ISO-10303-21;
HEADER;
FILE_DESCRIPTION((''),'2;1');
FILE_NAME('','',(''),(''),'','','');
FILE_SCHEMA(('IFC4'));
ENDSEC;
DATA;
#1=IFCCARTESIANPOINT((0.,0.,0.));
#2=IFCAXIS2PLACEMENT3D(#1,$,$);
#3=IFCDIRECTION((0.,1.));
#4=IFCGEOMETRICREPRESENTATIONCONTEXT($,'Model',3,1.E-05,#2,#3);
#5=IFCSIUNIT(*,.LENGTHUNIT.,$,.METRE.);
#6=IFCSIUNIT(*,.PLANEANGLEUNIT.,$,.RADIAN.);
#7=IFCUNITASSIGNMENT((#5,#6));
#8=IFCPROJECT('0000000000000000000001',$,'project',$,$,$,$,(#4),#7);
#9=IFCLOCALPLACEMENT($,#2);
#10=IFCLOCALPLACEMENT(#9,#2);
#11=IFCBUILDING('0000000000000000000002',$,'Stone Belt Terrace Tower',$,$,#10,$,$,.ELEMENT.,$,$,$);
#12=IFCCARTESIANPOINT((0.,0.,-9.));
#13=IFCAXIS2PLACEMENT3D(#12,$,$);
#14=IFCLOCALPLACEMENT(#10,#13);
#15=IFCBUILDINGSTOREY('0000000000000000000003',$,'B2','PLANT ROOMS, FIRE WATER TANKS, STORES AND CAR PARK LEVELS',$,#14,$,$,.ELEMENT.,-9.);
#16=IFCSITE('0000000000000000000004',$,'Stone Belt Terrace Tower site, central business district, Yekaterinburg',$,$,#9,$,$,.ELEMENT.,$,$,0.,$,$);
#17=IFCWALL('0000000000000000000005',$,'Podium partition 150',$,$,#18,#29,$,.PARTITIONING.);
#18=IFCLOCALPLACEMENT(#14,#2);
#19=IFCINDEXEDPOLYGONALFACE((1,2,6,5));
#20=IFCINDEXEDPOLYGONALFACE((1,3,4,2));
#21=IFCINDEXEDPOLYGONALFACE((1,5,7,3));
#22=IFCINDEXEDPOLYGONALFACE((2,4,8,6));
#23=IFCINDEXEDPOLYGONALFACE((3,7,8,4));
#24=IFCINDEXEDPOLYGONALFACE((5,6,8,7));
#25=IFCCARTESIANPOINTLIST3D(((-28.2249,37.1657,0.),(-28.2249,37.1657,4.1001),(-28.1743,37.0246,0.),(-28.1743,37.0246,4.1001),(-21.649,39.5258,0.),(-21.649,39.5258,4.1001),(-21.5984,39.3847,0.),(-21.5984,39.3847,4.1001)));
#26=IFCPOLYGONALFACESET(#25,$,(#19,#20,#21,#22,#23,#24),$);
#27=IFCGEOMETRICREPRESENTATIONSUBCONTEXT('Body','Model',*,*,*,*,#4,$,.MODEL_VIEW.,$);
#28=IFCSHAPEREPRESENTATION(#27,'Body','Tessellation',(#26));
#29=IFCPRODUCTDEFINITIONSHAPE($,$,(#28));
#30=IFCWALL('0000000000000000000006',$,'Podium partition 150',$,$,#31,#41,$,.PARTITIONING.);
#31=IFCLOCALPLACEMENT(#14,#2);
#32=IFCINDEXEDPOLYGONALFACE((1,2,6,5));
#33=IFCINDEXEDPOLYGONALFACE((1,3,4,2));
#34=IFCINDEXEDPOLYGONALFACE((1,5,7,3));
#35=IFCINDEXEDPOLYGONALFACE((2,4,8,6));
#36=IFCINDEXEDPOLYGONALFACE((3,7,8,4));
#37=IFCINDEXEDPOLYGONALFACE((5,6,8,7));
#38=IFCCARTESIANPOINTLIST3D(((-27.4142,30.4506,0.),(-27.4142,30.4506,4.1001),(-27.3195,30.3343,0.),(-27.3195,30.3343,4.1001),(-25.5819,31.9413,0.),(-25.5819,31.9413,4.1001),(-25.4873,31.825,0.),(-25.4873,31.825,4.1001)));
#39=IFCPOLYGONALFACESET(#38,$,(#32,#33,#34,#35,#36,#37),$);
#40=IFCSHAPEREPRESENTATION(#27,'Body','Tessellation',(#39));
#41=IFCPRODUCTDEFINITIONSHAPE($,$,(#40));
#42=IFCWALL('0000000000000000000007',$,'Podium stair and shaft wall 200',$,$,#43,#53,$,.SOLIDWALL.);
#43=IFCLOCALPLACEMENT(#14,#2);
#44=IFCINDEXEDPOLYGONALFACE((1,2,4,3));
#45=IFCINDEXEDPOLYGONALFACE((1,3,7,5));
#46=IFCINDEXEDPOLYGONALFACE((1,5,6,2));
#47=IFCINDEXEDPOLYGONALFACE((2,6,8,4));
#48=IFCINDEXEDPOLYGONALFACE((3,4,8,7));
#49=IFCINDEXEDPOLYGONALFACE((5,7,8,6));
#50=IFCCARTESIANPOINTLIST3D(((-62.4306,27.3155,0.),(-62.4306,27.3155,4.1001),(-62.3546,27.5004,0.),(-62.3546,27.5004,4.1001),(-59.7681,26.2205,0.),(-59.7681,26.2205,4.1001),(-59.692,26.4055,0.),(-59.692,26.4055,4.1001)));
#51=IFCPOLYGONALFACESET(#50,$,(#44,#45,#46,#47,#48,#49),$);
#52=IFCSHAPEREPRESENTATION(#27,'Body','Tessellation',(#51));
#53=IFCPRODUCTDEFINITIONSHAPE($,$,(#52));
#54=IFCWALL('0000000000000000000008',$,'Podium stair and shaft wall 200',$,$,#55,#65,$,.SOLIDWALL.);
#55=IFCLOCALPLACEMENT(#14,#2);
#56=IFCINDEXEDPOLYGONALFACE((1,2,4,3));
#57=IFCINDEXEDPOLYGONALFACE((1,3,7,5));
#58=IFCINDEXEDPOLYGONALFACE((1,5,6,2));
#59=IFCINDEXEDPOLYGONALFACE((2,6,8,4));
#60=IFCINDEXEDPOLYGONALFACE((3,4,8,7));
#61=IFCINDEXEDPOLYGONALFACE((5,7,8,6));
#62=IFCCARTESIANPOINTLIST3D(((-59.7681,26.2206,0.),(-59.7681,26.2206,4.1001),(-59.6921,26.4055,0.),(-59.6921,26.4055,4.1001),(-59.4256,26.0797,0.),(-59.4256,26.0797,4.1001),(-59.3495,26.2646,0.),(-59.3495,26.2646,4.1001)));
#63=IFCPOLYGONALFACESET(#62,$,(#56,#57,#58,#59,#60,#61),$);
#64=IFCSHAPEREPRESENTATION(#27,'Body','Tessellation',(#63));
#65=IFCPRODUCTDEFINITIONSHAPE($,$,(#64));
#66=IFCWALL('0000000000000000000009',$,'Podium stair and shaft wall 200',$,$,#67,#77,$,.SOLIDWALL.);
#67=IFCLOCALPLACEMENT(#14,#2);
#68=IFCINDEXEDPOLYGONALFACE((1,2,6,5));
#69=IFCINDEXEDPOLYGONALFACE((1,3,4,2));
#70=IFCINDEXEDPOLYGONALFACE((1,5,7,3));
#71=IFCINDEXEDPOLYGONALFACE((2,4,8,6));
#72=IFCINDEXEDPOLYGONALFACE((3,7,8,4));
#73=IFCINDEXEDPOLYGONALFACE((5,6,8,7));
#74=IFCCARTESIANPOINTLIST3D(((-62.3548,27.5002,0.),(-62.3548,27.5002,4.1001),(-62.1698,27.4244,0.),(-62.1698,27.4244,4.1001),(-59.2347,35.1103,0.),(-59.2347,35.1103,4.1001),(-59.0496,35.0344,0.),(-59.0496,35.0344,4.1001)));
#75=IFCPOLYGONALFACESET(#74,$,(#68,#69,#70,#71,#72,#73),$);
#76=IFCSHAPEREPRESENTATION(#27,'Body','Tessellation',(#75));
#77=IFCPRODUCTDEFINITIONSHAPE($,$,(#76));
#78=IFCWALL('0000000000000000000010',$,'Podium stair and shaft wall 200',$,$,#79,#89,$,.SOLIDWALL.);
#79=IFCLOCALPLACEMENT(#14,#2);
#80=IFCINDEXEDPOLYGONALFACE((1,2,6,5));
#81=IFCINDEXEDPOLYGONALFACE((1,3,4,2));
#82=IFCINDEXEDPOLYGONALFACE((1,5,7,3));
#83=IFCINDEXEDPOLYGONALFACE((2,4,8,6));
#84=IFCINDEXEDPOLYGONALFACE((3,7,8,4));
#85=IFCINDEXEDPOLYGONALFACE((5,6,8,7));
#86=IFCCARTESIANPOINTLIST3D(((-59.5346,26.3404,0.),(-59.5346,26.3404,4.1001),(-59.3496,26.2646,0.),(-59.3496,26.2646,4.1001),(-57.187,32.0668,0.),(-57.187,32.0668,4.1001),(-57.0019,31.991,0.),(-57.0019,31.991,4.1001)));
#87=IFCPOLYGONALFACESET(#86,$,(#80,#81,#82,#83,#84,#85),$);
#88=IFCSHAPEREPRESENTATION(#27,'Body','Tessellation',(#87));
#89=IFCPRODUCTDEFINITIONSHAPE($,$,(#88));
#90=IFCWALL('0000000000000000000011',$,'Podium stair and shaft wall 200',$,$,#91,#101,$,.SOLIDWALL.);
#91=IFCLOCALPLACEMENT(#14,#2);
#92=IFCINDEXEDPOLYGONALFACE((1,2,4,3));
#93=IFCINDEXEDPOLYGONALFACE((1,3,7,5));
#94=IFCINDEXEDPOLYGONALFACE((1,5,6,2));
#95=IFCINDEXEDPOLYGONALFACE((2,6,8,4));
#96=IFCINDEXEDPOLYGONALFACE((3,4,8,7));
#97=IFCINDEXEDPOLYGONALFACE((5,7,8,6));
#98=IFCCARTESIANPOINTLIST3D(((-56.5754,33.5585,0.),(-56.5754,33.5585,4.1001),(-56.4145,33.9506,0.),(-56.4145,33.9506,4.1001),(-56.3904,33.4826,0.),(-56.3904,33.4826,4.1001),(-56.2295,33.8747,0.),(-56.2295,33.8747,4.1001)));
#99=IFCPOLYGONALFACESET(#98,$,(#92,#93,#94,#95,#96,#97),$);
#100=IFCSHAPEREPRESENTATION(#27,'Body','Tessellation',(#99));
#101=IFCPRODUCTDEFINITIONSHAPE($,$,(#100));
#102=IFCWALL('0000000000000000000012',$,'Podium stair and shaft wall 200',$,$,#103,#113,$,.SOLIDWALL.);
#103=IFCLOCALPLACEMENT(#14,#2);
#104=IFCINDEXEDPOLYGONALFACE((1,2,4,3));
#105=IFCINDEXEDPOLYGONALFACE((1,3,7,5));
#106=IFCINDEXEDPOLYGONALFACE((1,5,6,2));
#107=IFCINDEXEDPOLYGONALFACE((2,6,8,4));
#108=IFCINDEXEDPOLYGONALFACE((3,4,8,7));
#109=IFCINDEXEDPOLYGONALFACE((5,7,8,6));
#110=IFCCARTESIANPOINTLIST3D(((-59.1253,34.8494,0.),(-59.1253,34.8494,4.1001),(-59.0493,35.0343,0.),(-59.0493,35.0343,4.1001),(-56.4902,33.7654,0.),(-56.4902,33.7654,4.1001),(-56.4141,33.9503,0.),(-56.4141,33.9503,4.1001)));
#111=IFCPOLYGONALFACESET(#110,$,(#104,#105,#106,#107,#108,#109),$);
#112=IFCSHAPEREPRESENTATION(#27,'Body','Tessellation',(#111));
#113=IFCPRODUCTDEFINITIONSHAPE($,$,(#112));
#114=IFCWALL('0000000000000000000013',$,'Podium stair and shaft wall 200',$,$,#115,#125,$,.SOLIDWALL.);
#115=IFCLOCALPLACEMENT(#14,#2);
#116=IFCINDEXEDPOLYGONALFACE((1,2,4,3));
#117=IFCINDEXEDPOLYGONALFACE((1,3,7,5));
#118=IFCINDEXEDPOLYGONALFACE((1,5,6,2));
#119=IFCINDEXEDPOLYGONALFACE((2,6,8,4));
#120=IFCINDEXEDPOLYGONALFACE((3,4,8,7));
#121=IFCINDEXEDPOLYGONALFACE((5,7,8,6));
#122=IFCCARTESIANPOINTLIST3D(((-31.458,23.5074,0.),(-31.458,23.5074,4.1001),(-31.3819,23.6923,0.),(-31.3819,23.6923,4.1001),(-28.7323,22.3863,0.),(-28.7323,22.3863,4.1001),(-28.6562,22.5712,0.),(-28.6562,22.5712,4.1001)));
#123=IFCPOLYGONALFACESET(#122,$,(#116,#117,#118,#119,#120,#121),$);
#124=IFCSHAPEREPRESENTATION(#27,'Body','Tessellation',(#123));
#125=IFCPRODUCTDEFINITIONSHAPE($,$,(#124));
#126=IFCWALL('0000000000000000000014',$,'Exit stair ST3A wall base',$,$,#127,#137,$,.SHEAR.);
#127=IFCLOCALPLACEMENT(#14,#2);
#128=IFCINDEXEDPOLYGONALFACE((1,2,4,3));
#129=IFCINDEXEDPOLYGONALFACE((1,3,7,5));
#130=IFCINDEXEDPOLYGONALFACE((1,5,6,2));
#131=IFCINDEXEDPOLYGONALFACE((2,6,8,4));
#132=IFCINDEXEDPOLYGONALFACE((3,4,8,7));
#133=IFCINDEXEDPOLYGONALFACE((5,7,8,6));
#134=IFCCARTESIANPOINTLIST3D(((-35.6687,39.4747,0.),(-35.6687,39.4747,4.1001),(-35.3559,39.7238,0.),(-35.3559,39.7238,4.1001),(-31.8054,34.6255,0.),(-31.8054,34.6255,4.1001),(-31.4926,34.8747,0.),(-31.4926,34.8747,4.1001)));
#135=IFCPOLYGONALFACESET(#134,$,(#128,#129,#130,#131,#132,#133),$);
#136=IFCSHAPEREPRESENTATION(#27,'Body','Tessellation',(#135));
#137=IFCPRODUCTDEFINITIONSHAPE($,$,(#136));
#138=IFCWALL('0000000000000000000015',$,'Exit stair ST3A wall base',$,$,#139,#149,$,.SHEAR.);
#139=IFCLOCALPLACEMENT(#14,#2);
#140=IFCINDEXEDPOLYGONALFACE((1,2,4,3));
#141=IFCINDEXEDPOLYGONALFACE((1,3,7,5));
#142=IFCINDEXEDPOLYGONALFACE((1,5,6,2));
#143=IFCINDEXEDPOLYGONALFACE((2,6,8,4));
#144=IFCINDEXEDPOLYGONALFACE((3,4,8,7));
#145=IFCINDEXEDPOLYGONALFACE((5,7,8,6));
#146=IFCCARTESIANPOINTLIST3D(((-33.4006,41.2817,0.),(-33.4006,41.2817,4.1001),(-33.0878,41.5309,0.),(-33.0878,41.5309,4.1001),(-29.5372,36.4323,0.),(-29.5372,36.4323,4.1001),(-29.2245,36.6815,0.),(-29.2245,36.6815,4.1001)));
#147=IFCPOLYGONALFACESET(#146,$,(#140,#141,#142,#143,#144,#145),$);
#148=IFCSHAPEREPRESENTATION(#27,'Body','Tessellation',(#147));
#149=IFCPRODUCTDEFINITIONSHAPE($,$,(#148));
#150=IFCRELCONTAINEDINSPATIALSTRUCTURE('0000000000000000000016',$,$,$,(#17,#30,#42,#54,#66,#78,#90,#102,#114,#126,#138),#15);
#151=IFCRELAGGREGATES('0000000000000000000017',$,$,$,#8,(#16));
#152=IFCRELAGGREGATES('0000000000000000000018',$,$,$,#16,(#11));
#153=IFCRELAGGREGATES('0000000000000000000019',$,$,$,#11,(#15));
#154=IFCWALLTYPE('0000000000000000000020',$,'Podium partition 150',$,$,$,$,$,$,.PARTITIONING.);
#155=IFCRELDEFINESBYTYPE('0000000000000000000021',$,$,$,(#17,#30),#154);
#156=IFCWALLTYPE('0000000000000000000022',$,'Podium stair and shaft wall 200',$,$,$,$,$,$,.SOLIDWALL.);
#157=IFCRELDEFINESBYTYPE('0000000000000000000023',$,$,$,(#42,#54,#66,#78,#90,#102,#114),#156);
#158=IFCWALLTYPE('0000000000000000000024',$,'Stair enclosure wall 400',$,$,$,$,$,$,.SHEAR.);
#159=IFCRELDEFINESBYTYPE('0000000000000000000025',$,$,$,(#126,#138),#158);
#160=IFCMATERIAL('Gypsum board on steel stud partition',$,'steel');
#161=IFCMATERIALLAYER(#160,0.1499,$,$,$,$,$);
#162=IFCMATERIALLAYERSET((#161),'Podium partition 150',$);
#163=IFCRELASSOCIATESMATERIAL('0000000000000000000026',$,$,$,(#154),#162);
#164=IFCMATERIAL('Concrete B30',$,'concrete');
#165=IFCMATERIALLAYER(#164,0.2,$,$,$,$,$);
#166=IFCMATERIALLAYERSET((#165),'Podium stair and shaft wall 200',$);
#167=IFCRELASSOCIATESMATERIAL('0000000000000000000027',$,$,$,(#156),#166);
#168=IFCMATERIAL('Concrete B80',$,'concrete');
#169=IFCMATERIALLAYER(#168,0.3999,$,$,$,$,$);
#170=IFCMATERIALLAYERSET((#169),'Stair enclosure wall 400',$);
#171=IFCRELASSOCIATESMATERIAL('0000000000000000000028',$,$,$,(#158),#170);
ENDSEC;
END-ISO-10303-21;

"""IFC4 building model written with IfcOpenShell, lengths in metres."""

from ifc_helpers import new_model, si_unit, direction, frame, frame_2d, origin, place, context, subcontext, project, spatial, rectangle, extrude, material, layer, layer_set, type_object, element, save


model = new_model("IFC4")

# Units and contexts
model_context = context("Model", 3, precision=1e-05, world=origin(), true_north=direction((0.0, 1.0)))
body_context = subcontext(model_context, "Body", "Model", "MODEL_VIEW")
ifc_project = project(units=[si_unit("LENGTHUNIT", "METRE"), si_unit("PLANEANGLEUNIT", "RADIAN")], contexts=[model_context])

# Site, building, storey
site_placement = place(None, origin())
site = spatial("IfcSite", under=ifc_project, at=site_placement, Name="Stone Belt Terrace Tower site, central business district, Yekaterinburg", CompositionType="ELEMENT", RefElevation=0.0)
building_placement = place(site_placement, origin())
building = spatial("IfcBuilding", under=site, at=building_placement, Name="Stone Belt Terrace Tower", CompositionType="ELEMENT")
storey_placement = place(building_placement, frame((0.0, 0.0, -9.0)))
storey = spatial("IfcBuildingStorey", under=building, at=storey_placement, Name="B2", Description="PLANT ROOMS, FIRE WATER TANKS, STORES AND CAR PARK LEVELS", CompositionType="ELEMENT", Elevation=-9.0)

# Shared definitions
ifc_material_1 = material(Name="Concrete B80", Category="concrete")

# Shared definitions
ifc_material_2 = material(Name="Concrete B30", Category="concrete")

# Shared definitions
ifc_material_3 = material(Name="Gypsum board on steel stud partition", Category="steel")
ifc_layer_1 = layer(ifc_material_3, 0.1499)
ifc_layer_set_1 = layer_set([ifc_layer_1], Name="Podium partition 150")
wall_type_1 = type_object("IfcWallType", Name="Podium partition 150", PredefinedType="PARTITIONING", material=ifc_layer_set_1)

# Walls
wall_1_placement = place(storey_placement, frame((-28.1995, 37.0952, 0.0), z_axis=(0.0, 0.0, 1.0), x_axis=(0.941217, 0.337804, 0.0)))
element("IfcWall", 1, at=wall_1_placement, inside=storey, type_object=wall_type_1, Name="Podium partition 150", PredefinedType="PARTITIONING", context=body_context, shape_type="SweptSolid", body=[
    extrude(rectangle(XDim=6.9866, YDim=0.1499, at=frame_2d((3.4932, 0.0))), origin(), (0.0, 0.0, 1.0), 4.1001),
])
wall_2_placement = place(storey_placement, frame((-27.3669, 30.3923, 0.0), z_axis=(0.0, 0.0, 1.0), x_axis=(0.7757, 0.631102, 0.0)))
element("IfcWall", 2, at=wall_2_placement, inside=storey, type_object=wall_type_1, Name="Podium partition 150", PredefinedType="PARTITIONING", context=body_context, shape_type="SweptSolid", body=[
    extrude(rectangle(XDim=2.3621, YDim=0.1499, at=frame_2d((1.1812, 0.0))), origin(), (0.0, 0.0, 1.0), 4.1001),
])
ifc_layer_2 = layer(ifc_material_2, 0.2)
ifc_layer_set_2 = layer_set([ifc_layer_2], Name="Podium stair and shaft wall 200")
wall_type_2 = type_object("IfcWallType", Name="Podium stair and shaft wall 200", PredefinedType="SOLIDWALL", material=ifc_layer_set_2)
wall_3_placement = place(storey_placement, frame((-62.3926, 27.408, 0.0), z_axis=(0.0, 0.0, 1.0), x_axis=(0.924848, -0.380336, 0.0)))
element("IfcWall", 3, at=wall_3_placement, inside=storey, type_object=wall_type_2, Name="Podium stair and shaft wall 200", PredefinedType="SOLIDWALL", context=body_context, shape_type="SweptSolid", body=[
    extrude(rectangle(XDim=2.8789, YDim=0.2, at=frame_2d((1.4395, 0.0))), origin(), (0.0, 0.0, 1.0), 4.1001),
])
wall_4_placement = place(storey_placement, frame((-59.73, 26.313, 0.0), z_axis=(0.0, 0.0, 1.0), x_axis=(0.924842, -0.380352, 0.0)))
element("IfcWall", 4, at=wall_4_placement, inside=storey, type_object=wall_type_2, Name="Podium stair and shaft wall 200", PredefinedType="SOLIDWALL", context=body_context, shape_type="SweptSolid", body=[
    extrude(rectangle(XDim=0.3704, YDim=0.2, at=frame_2d((0.1851, 0.0))), origin(), (0.0, 0.0, 1.0), 4.1001),
])
wall_5_placement = place(storey_placement, frame((-62.2622, 27.4624, 0.0), z_axis=(0.0, 0.0, 1.0), x_axis=(0.37935, 0.925253, 0.0)))
element("IfcWall", 5, at=wall_5_placement, inside=storey, type_object=wall_type_2, Name="Podium stair and shaft wall 200", PredefinedType="SOLIDWALL", context=body_context, shape_type="SweptSolid", body=[
    extrude(rectangle(XDim=8.2249, YDim=0.2, at=frame_2d((4.1123, 0.0))), origin(), (0.0, 0.0, 1.0), 4.1001),
])
wall_6_placement = place(storey_placement, frame((-59.4421, 26.3025, 0.0), z_axis=(0.0, 0.0, 1.0), x_axis=(0.379335, 0.92526, 0.0)))
element("IfcWall", 6, at=wall_6_placement, inside=storey, type_object=wall_type_2, Name="Podium stair and shaft wall 200", PredefinedType="SOLIDWALL", context=body_context, shape_type="SweptSolid", body=[
    extrude(rectangle(XDim=6.189, YDim=0.2, at=frame_2d((3.0945, 0.0))), origin(), (0.0, 0.0, 1.0), 4.1001),
])
wall_7_placement = place(storey_placement, frame((-56.4829, 33.5205, 0.0), z_axis=(0.0, 0.0, 1.0), x_axis=(0.37962, 0.925143, 0.0)))
element("IfcWall", 7, at=wall_7_placement, inside=storey, type_object=wall_type_2, Name="Podium stair and shaft wall 200", PredefinedType="SOLIDWALL", context=body_context, shape_type="SweptSolid", body=[
    extrude(rectangle(XDim=0.4238, YDim=0.2, at=frame_2d((0.2119, 0.0))), origin(), (0.0, 0.0, 1.0), 4.1001),
])
wall_8_placement = place(storey_placement, frame((-59.0874, 34.9419, 0.0), z_axis=(0.0, 0.0, 1.0), x_axis=(0.924804, -0.380444, 0.0)))
element("IfcWall", 8, at=wall_8_placement, inside=storey, type_object=wall_type_2, Name="Podium stair and shaft wall 200", PredefinedType="SOLIDWALL", context=body_context, shape_type="SweptSolid", body=[
    extrude(rectangle(XDim=2.8494, YDim=0.2, at=frame_2d((1.4248, 0.0))), origin(), (0.0, 0.0, 1.0), 4.1001),
])
wall_9_placement = place(storey_placement, frame((-31.4199, 23.5999, 0.0), z_axis=(0.0, 0.0, 1.0), x_axis=(0.924822, -0.3804, 0.0)))
element("IfcWall", 9, at=wall_9_placement, inside=storey, type_object=wall_type_2, Name="Podium stair and shaft wall 200", PredefinedType="SOLIDWALL", context=body_context, shape_type="SweptSolid", body=[
    extrude(rectangle(XDim=2.9473, YDim=0.2, at=frame_2d((1.4736, 0.0))), origin(), (0.0, 0.0, 1.0), 4.1001),
])
ifc_layer_3 = layer(ifc_material_1, 0.3999)
ifc_layer_set_3 = layer_set([ifc_layer_3], Name="Stair enclosure wall 400")
wall_type_3 = type_object("IfcWallType", Name="Stair enclosure wall 400", PredefinedType="SHEAR", material=ifc_layer_set_3)
wall_10_placement = place(storey_placement, frame((-31.6489, 34.75, 0.0), z_axis=(0.0, 0.0, 1.0), x_axis=(-0.623119, 0.782127, 0.0)))
element("IfcWall", 10, at=wall_10_placement, inside=storey, type_object=wall_type_3, Name="Exit stair ST3A wall base", PredefinedType="SHEAR", context=body_context, shape_type="SweptSolid", body=[
    extrude(rectangle(XDim=6.2, YDim=0.3999, at=frame_2d((3.1001, 0.0))), origin(), (0.0, 0.0, 1.0), 4.1001),
])
wall_11_placement = place(storey_placement, frame((-29.3809, 36.5569, 0.0), z_axis=(0.0, 0.0, 1.0), x_axis=(-0.623099, 0.782143, 0.0)))
element("IfcWall", 11, at=wall_11_placement, inside=storey, type_object=wall_type_3, Name="Exit stair ST3A wall base", PredefinedType="SHEAR", context=body_context, shape_type="SweptSolid", body=[
    extrude(rectangle(XDim=6.2002, YDim=0.3999, at=frame_2d((3.1001, 0.0))), origin(), (0.0, 0.0, 1.0), 4.1001),
])

save(model, "model.ifc")
